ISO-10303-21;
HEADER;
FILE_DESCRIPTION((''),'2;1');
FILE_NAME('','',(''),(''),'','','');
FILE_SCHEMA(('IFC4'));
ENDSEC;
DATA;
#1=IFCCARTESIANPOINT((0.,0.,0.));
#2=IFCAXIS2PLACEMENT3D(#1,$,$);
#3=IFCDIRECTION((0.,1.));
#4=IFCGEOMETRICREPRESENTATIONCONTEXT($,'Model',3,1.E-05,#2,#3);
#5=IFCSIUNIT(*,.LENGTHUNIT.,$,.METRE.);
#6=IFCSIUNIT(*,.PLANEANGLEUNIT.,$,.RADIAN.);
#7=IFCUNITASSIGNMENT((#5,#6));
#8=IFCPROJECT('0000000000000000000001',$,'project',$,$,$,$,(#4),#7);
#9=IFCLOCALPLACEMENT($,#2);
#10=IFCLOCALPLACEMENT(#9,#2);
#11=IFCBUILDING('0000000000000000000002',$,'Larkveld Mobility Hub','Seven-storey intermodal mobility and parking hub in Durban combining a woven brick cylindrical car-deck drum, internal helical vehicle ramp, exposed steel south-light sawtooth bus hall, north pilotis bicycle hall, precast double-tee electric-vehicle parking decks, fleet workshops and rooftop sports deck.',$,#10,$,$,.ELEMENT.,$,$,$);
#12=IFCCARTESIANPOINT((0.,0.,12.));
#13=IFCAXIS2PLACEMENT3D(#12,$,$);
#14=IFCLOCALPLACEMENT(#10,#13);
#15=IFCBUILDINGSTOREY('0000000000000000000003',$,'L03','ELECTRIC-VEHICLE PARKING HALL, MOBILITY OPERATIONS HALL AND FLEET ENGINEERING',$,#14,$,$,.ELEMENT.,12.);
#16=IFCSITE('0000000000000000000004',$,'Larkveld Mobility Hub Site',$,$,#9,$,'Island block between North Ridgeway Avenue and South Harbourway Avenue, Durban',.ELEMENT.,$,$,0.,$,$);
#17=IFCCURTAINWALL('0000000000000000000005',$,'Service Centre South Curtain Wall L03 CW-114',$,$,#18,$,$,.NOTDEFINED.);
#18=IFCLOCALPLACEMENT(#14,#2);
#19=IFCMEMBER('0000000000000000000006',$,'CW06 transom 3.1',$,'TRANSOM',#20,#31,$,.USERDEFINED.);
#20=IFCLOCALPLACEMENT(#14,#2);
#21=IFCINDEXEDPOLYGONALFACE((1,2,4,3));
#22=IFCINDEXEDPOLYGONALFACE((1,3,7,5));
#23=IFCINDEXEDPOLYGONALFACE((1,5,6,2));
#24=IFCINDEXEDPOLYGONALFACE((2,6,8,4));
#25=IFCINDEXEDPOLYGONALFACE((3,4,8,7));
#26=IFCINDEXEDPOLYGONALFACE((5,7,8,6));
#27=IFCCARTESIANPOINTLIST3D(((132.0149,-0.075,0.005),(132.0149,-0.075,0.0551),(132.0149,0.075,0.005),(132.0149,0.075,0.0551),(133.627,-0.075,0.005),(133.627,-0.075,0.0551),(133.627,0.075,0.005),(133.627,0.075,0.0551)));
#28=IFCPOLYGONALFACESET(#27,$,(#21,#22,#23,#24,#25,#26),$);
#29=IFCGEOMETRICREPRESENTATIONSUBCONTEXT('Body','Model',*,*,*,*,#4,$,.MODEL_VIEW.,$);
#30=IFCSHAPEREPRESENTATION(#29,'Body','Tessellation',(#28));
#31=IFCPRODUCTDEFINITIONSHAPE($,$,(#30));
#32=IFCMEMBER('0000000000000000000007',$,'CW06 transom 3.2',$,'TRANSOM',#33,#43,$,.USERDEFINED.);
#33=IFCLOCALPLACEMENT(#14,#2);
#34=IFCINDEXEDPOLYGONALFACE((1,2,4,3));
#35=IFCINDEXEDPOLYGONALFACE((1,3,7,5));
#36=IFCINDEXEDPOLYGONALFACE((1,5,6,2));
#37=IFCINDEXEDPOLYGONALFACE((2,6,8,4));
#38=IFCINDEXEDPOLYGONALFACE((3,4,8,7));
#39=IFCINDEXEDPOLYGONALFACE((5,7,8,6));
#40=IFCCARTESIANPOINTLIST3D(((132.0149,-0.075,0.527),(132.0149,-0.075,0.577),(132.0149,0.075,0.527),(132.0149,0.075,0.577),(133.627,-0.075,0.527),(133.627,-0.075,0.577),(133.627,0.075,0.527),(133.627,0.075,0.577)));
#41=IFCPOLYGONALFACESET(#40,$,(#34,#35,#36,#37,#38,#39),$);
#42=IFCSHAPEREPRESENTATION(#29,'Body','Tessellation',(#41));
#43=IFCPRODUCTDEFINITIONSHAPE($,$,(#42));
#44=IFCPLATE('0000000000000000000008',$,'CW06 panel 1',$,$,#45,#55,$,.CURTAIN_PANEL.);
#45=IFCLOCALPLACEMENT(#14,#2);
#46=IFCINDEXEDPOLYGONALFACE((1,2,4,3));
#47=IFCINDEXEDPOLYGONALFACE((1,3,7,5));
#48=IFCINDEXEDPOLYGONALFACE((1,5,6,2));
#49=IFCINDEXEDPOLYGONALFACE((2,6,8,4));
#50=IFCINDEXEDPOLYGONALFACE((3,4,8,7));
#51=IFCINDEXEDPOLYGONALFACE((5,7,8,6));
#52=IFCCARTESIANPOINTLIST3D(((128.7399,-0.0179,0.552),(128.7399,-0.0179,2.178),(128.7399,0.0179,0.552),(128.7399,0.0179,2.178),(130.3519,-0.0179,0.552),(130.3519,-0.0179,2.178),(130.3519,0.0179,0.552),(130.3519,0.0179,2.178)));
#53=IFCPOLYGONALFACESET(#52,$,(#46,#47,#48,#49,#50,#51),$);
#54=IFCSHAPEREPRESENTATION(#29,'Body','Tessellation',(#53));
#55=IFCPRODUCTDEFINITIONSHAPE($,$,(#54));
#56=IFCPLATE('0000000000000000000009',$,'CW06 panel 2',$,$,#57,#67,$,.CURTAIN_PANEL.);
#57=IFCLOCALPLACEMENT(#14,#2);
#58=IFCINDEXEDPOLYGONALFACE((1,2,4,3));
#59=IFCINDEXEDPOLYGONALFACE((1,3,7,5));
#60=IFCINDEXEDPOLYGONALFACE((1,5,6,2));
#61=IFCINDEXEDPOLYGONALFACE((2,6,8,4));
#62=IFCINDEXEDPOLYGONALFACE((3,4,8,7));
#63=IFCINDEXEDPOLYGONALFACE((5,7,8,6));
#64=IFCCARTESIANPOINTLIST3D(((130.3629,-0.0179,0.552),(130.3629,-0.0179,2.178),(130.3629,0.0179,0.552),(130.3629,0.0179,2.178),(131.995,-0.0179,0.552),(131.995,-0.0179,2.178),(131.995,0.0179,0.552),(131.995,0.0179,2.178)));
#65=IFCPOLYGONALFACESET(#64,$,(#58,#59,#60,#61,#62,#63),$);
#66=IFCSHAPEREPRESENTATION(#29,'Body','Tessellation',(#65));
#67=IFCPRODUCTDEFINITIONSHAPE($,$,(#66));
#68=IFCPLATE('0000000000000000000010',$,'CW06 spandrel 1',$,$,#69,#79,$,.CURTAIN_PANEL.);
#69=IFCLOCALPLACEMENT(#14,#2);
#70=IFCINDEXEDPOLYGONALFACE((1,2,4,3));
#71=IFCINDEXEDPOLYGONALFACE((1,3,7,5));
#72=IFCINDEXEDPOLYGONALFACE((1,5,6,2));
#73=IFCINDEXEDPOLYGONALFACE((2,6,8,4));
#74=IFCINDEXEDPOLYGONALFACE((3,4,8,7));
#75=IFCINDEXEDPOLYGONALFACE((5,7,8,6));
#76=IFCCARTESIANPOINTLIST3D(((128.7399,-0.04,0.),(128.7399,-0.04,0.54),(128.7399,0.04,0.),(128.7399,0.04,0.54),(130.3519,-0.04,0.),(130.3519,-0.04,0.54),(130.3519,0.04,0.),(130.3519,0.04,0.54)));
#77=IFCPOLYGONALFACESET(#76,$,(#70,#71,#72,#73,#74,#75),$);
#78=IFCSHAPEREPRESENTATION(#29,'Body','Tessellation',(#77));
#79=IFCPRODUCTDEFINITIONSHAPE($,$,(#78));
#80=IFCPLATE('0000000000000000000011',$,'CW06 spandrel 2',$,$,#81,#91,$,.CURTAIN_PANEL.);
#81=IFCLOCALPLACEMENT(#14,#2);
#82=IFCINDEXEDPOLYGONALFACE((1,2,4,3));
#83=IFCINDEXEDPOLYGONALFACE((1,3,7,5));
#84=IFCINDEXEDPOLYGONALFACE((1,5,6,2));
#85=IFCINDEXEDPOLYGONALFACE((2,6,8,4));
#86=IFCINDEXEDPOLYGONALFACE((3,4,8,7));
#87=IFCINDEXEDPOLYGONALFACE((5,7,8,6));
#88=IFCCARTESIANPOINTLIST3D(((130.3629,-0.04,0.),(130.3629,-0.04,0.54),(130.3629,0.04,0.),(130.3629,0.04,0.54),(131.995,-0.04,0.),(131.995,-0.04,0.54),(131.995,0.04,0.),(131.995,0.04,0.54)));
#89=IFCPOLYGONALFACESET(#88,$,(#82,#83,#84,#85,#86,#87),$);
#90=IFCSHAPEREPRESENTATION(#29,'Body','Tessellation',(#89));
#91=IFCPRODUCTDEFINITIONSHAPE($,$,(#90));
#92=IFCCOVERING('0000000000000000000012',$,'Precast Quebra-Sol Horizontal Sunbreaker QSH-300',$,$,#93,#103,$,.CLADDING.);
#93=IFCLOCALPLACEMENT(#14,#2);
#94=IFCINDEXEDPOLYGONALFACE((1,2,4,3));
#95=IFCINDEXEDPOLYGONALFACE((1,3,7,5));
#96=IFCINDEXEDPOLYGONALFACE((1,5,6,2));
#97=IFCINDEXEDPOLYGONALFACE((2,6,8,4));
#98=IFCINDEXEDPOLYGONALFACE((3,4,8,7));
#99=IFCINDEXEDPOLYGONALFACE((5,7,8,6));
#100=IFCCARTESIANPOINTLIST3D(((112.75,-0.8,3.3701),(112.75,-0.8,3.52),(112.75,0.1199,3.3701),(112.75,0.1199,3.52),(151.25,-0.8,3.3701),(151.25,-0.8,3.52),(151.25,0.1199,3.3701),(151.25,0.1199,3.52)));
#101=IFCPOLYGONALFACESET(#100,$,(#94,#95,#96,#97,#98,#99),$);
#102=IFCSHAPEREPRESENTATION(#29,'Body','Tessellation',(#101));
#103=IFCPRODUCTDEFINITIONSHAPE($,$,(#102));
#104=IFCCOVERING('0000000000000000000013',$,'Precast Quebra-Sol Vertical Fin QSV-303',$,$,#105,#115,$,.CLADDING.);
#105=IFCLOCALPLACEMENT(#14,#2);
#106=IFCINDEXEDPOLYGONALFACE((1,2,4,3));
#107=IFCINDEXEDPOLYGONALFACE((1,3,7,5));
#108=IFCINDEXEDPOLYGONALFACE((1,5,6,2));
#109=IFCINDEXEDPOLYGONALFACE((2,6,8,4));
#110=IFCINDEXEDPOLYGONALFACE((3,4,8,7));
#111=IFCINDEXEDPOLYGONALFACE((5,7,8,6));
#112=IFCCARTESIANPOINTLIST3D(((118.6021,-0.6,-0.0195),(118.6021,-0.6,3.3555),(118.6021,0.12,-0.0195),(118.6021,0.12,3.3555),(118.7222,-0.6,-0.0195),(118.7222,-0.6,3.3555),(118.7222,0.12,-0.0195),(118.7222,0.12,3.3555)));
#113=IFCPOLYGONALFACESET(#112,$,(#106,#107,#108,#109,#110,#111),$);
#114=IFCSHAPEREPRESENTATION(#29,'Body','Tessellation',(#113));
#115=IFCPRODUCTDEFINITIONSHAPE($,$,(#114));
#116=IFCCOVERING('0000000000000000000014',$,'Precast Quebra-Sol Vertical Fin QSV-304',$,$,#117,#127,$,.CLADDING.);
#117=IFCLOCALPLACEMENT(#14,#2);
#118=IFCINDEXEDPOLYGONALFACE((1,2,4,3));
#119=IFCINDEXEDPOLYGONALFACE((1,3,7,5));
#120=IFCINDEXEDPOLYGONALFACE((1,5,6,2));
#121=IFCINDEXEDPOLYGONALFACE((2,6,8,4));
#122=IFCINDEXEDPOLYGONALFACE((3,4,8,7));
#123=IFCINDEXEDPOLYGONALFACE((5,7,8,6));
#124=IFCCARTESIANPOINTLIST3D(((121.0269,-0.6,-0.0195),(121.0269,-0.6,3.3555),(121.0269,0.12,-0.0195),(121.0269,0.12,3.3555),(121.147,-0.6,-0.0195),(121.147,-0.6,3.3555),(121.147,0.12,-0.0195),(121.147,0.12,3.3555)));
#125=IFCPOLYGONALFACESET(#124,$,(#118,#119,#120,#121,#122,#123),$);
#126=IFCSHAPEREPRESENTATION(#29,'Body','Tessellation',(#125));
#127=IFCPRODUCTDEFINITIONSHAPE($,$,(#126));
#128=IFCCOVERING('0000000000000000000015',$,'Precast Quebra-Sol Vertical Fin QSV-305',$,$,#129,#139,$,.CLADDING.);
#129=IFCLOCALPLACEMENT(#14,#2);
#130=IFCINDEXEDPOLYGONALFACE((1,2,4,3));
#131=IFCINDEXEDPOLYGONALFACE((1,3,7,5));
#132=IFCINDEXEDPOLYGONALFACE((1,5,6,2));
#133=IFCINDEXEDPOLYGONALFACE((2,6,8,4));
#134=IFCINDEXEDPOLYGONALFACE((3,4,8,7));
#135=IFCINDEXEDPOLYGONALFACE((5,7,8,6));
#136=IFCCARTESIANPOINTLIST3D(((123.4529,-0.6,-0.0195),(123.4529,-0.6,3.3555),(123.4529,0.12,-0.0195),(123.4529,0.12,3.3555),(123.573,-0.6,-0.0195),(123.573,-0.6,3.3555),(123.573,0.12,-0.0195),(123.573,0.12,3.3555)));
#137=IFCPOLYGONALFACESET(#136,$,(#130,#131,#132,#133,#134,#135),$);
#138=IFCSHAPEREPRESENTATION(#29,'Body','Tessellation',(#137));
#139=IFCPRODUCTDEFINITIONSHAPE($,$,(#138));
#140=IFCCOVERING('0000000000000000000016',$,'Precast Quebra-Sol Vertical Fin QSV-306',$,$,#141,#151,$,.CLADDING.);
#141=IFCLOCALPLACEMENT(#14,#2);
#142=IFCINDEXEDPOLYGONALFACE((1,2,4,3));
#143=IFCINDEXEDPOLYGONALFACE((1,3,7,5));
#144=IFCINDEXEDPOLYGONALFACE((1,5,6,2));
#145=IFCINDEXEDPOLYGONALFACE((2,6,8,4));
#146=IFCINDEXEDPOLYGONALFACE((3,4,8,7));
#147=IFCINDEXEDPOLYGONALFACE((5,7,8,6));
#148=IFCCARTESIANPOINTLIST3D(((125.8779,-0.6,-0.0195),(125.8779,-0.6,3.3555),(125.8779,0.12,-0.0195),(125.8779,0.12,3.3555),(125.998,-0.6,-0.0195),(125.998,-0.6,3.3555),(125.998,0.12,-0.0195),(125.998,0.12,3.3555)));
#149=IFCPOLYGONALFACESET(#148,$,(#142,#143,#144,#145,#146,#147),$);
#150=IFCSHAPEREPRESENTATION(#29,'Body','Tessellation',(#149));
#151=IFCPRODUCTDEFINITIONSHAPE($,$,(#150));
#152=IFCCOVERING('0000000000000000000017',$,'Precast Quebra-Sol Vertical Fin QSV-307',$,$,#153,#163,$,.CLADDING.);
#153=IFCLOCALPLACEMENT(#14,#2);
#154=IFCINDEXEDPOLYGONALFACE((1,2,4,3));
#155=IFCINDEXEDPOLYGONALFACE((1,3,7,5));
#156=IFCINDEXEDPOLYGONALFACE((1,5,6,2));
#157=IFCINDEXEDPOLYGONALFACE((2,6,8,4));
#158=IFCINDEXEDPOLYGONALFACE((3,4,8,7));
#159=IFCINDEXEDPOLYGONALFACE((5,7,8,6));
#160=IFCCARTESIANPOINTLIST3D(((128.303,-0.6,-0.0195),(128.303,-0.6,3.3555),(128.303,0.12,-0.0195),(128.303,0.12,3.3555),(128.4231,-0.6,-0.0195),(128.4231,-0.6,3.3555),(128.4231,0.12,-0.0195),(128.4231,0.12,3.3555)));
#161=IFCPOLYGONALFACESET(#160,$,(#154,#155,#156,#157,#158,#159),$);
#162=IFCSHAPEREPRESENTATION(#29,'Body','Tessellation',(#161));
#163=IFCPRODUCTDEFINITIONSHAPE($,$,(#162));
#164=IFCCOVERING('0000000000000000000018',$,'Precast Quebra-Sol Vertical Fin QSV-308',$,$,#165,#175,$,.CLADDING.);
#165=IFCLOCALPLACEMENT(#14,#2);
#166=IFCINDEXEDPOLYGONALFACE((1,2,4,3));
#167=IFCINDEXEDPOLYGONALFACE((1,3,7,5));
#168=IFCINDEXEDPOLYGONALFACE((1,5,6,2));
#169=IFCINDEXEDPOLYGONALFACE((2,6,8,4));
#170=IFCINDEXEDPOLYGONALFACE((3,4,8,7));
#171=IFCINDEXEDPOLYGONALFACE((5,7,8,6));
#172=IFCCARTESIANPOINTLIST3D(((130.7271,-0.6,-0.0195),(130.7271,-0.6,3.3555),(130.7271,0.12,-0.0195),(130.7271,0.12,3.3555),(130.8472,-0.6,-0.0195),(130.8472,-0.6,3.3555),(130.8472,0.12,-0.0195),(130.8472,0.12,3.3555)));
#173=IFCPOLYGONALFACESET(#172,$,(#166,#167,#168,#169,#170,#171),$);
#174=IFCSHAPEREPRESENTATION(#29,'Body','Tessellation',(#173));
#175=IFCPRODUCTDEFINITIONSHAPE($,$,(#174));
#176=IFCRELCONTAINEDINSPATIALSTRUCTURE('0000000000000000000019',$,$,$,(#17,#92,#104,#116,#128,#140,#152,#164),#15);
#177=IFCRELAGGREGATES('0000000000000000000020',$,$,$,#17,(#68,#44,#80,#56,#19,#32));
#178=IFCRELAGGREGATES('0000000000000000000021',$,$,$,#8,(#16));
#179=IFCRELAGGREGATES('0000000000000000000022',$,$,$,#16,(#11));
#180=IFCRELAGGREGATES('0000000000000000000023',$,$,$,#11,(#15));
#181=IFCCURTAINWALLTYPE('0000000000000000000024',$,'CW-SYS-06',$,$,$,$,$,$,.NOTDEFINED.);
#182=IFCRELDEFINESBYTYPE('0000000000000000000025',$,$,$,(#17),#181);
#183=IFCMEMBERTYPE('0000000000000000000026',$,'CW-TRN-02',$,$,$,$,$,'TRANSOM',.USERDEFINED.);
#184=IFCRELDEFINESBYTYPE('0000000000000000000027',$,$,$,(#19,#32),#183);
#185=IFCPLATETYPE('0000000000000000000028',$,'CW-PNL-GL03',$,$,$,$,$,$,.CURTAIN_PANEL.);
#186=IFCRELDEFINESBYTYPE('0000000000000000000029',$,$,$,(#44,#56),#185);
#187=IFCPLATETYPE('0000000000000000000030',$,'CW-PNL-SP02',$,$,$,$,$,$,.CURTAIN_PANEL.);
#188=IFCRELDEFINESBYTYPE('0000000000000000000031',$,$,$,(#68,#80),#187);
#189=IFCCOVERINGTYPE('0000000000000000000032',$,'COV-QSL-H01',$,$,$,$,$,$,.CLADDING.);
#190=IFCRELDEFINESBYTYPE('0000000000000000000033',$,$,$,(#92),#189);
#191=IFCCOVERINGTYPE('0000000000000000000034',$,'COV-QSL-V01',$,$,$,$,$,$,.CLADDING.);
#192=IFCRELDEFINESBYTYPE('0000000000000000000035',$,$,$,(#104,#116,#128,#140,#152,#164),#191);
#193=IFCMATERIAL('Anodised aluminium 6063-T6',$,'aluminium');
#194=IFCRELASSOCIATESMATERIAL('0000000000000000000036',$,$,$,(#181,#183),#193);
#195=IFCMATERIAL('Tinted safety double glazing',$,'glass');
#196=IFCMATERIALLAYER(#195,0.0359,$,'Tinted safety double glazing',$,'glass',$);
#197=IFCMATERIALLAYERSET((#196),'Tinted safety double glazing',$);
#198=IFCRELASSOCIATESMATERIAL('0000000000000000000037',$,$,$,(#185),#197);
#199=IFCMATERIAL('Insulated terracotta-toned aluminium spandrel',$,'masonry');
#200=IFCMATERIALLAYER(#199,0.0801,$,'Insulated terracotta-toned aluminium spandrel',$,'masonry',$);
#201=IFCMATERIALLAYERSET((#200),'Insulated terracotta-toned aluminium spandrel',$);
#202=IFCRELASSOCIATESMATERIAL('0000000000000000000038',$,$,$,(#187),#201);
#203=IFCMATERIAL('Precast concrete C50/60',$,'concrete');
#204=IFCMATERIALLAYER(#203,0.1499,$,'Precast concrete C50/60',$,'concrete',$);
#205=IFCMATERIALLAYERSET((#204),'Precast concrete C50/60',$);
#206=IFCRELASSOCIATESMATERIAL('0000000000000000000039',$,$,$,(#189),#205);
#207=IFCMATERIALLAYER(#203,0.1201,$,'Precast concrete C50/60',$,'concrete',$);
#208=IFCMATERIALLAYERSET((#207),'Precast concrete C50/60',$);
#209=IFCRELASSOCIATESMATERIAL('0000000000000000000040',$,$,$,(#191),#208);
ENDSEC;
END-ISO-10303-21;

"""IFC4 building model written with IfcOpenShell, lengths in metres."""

from ifc_helpers import new_model, si_unit, direction, frame, origin, origin_2d, place, context, subcontext, project, spatial, rectangle, extrude, material, layer, layer_set, material_profile, profile_set, type_object, element, aggregate, save


model = new_model("IFC4")

# Units and contexts
model_context = context("Model", 3, precision=1e-05, world=origin(), true_north=direction((0.0, 1.0)))
body_context = subcontext(model_context, "Body", "Model", "MODEL_VIEW")
ifc_project = project(units=[si_unit("LENGTHUNIT", "METRE"), si_unit("PLANEANGLEUNIT", "RADIAN")], contexts=[model_context])

# Site, building, storey
site_placement = place(None, origin())
site = spatial("IfcSite", under=ifc_project, at=site_placement, Name="Larkveld Mobility Hub Site", LongName="Island block between North Ridgeway Avenue and South Harbourway Avenue, Durban", CompositionType="ELEMENT", RefElevation=0.0)
building_placement = place(site_placement, origin())
building = spatial("IfcBuilding", under=site, at=building_placement, Name="Larkveld Mobility Hub", Description="Seven-storey intermodal mobility and parking hub in Durban combining a woven brick cylindrical car-deck drum, internal helical vehicle ramp, exposed steel south-light sawtooth bus hall, north pilotis bicycle hall, precast double-tee electric-vehicle parking decks, fleet workshops and rooftop sports deck.", CompositionType="ELEMENT")
storey_placement = place(building_placement, frame((0.0, 0.0, 12.0)))
storey = spatial("IfcBuildingStorey", under=building, at=storey_placement, Name="L03", Description="ELECTRIC-VEHICLE PARKING HALL, MOBILITY OPERATIONS HALL AND FLEET ENGINEERING", CompositionType="ELEMENT", Elevation=12.0)

# Shared definitions
ifc_material_1 = material(Name="Precast concrete C50/60", Category="concrete")

# Shared definitions
ifc_material_2 = material(Name="Anodised aluminium 6063-T6", Category="aluminium")

# Curtain wall, members, plates
curtain_wall_type_1 = type_object("IfcCurtainWallType", Name="CW-SYS-06", PredefinedType="NOTDEFINED", material=ifc_material_2)
curtain_wall_1_placement = place(storey_placement, origin())
curtain_wall_1 = element("IfcCurtainWall", 1, at=curtain_wall_1_placement, inside=storey, type_object=curtain_wall_type_1, Name="Service Centre South Curtain Wall L03 CW-114", PredefinedType="NOTDEFINED")
ifc_material_profile_1 = material_profile(ifc_material_2, rectangle(XDim=0.1499, YDim=0.05, at=origin_2d()), Name="ALU TRAN 50x150")
ifc_profile_set_1 = profile_set([ifc_material_profile_1], Name="Anodised aluminium 6063-T6")
member_type_1 = type_object("IfcMemberType", Name="CW-TRN-02", ElementType="TRANSOM", PredefinedType="USERDEFINED", material=ifc_profile_set_1)
member_1_placement = place(storey_placement, frame((132.0149, 0.0, 0.03), z_axis=(1.0, 0.0, 0.0), x_axis=(0.0, 1.0, 0.0)))
member_1 = element("IfcMember", 2, at=member_1_placement, type_object=member_type_1, Name="CW06 transom 3.1", ObjectType="TRANSOM", PredefinedType="USERDEFINED", context=body_context, shape_type="SweptSolid", body=[
    extrude(rectangle(XDim=0.1499, YDim=0.05, at=origin_2d()), origin(), (0.0, 0.0, 1.0), 1.6121),
])
member_2_placement = place(storey_placement, frame((132.0149, 0.0, 0.552), z_axis=(1.0, 0.0, 0.0), x_axis=(0.0, 1.0, 0.0)))
member_2 = element("IfcMember", 3, at=member_2_placement, type_object=member_type_1, Name="CW06 transom 3.2", ObjectType="TRANSOM", PredefinedType="USERDEFINED", context=body_context, shape_type="SweptSolid", body=[
    extrude(rectangle(XDim=0.1499, YDim=0.05, at=origin_2d()), origin(), (0.0, 0.0, 1.0), 1.6121),
])
ifc_material_3 = material(Name="Tinted safety double glazing", Category="glass")
ifc_layer_1 = layer(ifc_material_3, 0.0359, Name="Tinted safety double glazing", Category="glass")
ifc_layer_set_1 = layer_set([ifc_layer_1], Name="Tinted safety double glazing")
plate_type_1 = type_object("IfcPlateType", Name="CW-PNL-GL03", PredefinedType="CURTAIN_PANEL", material=ifc_layer_set_1)
plate_1_placement = place(storey_placement, frame((129.5459, 0.0, 0.552), z_axis=(0.0, 0.0, 1.0), x_axis=(1.0, 0.0, 0.0)))
plate_1 = element("IfcPlate", 4, at=plate_1_placement, type_object=plate_type_1, Name="CW06 panel 1", PredefinedType="CURTAIN_PANEL", context=body_context, shape_type="SweptSolid", body=[
    extrude(rectangle(XDim=1.6121, YDim=0.0359, at=origin_2d()), origin(), (0.0, 0.0, 1.0), 1.626),
])
plate_2_placement = place(storey_placement, frame((131.179, 0.0, 0.552), z_axis=(0.0, 0.0, 1.0), x_axis=(1.0, 0.0, 0.0)))
plate_2 = element("IfcPlate", 5, at=plate_2_placement, type_object=plate_type_1, Name="CW06 panel 2", PredefinedType="CURTAIN_PANEL", context=body_context, shape_type="SweptSolid", body=[
    extrude(rectangle(XDim=1.6321, YDim=0.0359, at=origin_2d()), origin(), (0.0, 0.0, 1.0), 1.626),
])
ifc_material_4 = material(Name="Insulated terracotta-toned aluminium spandrel", Category="masonry")
ifc_layer_2 = layer(ifc_material_4, 0.0801, Name="Insulated terracotta-toned aluminium spandrel", Category="masonry")
ifc_layer_set_2 = layer_set([ifc_layer_2], Name="Insulated terracotta-toned aluminium spandrel")
plate_type_2 = type_object("IfcPlateType", Name="CW-PNL-SP02", PredefinedType="CURTAIN_PANEL", material=ifc_layer_set_2)
plate_3_placement = place(storey_placement, frame((129.5459, 0.0, 0.0), z_axis=(0.0, 0.0, 1.0), x_axis=(1.0, 0.0, 0.0)))
plate_3 = element("IfcPlate", 6, at=plate_3_placement, type_object=plate_type_2, Name="CW06 spandrel 1", PredefinedType="CURTAIN_PANEL", context=body_context, shape_type="SweptSolid", body=[
    extrude(rectangle(XDim=1.6121, YDim=0.0801, at=origin_2d()), origin(), (0.0, 0.0, 1.0), 0.54),
])
plate_4_placement = place(storey_placement, frame((131.179, 0.0, 0.0), z_axis=(0.0, 0.0, 1.0), x_axis=(1.0, 0.0, 0.0)))
plate_4 = element("IfcPlate", 7, at=plate_4_placement, type_object=plate_type_2, Name="CW06 spandrel 2", PredefinedType="CURTAIN_PANEL", context=body_context, shape_type="SweptSolid", body=[
    extrude(rectangle(XDim=1.6321, YDim=0.0801, at=origin_2d()), origin(), (0.0, 0.0, 1.0), 0.54),
])
aggregate(curtain_wall_1, [plate_3, plate_1, plate_4, plate_2, member_1, member_2])

# Coverings
ifc_layer_3 = layer(ifc_material_1, 0.1499, Name="Precast concrete C50/60", Category="concrete")
ifc_layer_set_3 = layer_set([ifc_layer_3], Name="Precast concrete C50/60")
covering_type_1 = type_object("IfcCoveringType", Name="COV-QSL-H01", PredefinedType="CLADDING", material=ifc_layer_set_3)
covering_placement = place(storey_placement, frame((132.0, -0.3401, 3.3701), z_axis=(0.0, 0.0, 1.0), x_axis=(1.0, 0.0, 0.0)))
element("IfcCovering", 8, at=covering_placement, inside=storey, type_object=covering_type_1, Name="Precast Quebra-Sol Horizontal Sunbreaker QSH-300", PredefinedType="CLADDING", context=body_context, shape_type="SweptSolid", body=[
    extrude(rectangle(XDim=38.5, YDim=0.9199, at=origin_2d()), origin(), (0.0, 0.0, 1.0), 0.1499),
])
ifc_layer_4 = layer(ifc_material_1, 0.1201, Name="Precast concrete C50/60", Category="concrete")
ifc_layer_set_4 = layer_set([ifc_layer_4], Name="Precast concrete C50/60")
covering_type_2 = type_object("IfcCoveringType", Name="COV-QSL-V01", PredefinedType="CLADDING", material=ifc_layer_set_4)
for number, where, z_axis, x_axis, name in (
    (9, (118.6621, -0.24, -0.0195), (0.0, 0.0, 1.0), (1.0, 0.0, 0.0), "Precast Quebra-Sol Vertical Fin QSV-303"),
    (10, (121.0869, -0.24, -0.0195), (0.0, 0.0, 1.0), (1.0, 0.0, 0.0), "Precast Quebra-Sol Vertical Fin QSV-304"),
    (11, (123.5129, -0.24, -0.0195), (0.0, 0.0, 1.0), (1.0, 0.0, 0.0), "Precast Quebra-Sol Vertical Fin QSV-305"),
    (12, (125.938, -0.24, -0.0195), (0.0, 0.0, 1.0), (1.0, 0.0, 0.0), "Precast Quebra-Sol Vertical Fin QSV-306"),
    (13, (128.363, -0.24, -0.0195), (0.0, 0.0, 1.0), (1.0, 0.0, 0.0), "Precast Quebra-Sol Vertical Fin QSV-307"),
    (14, (130.7871, -0.24, -0.0195), (0.0, 0.0, 1.0), (1.0, 0.0, 0.0), "Precast Quebra-Sol Vertical Fin QSV-308"),
):
    element("IfcCovering", number, at=place(storey_placement, frame(where, z_axis=z_axis, x_axis=x_axis)), inside=storey, type_object=covering_type_2, Name=name, PredefinedType="CLADDING", context=body_context, shape_type="SweptSolid", body=[
        extrude(rectangle(XDim=0.1201, YDim=0.72, at=origin_2d()), origin(), (0.0, 0.0, 1.0), 3.375),
    ])

save(model, "model.ifc")
